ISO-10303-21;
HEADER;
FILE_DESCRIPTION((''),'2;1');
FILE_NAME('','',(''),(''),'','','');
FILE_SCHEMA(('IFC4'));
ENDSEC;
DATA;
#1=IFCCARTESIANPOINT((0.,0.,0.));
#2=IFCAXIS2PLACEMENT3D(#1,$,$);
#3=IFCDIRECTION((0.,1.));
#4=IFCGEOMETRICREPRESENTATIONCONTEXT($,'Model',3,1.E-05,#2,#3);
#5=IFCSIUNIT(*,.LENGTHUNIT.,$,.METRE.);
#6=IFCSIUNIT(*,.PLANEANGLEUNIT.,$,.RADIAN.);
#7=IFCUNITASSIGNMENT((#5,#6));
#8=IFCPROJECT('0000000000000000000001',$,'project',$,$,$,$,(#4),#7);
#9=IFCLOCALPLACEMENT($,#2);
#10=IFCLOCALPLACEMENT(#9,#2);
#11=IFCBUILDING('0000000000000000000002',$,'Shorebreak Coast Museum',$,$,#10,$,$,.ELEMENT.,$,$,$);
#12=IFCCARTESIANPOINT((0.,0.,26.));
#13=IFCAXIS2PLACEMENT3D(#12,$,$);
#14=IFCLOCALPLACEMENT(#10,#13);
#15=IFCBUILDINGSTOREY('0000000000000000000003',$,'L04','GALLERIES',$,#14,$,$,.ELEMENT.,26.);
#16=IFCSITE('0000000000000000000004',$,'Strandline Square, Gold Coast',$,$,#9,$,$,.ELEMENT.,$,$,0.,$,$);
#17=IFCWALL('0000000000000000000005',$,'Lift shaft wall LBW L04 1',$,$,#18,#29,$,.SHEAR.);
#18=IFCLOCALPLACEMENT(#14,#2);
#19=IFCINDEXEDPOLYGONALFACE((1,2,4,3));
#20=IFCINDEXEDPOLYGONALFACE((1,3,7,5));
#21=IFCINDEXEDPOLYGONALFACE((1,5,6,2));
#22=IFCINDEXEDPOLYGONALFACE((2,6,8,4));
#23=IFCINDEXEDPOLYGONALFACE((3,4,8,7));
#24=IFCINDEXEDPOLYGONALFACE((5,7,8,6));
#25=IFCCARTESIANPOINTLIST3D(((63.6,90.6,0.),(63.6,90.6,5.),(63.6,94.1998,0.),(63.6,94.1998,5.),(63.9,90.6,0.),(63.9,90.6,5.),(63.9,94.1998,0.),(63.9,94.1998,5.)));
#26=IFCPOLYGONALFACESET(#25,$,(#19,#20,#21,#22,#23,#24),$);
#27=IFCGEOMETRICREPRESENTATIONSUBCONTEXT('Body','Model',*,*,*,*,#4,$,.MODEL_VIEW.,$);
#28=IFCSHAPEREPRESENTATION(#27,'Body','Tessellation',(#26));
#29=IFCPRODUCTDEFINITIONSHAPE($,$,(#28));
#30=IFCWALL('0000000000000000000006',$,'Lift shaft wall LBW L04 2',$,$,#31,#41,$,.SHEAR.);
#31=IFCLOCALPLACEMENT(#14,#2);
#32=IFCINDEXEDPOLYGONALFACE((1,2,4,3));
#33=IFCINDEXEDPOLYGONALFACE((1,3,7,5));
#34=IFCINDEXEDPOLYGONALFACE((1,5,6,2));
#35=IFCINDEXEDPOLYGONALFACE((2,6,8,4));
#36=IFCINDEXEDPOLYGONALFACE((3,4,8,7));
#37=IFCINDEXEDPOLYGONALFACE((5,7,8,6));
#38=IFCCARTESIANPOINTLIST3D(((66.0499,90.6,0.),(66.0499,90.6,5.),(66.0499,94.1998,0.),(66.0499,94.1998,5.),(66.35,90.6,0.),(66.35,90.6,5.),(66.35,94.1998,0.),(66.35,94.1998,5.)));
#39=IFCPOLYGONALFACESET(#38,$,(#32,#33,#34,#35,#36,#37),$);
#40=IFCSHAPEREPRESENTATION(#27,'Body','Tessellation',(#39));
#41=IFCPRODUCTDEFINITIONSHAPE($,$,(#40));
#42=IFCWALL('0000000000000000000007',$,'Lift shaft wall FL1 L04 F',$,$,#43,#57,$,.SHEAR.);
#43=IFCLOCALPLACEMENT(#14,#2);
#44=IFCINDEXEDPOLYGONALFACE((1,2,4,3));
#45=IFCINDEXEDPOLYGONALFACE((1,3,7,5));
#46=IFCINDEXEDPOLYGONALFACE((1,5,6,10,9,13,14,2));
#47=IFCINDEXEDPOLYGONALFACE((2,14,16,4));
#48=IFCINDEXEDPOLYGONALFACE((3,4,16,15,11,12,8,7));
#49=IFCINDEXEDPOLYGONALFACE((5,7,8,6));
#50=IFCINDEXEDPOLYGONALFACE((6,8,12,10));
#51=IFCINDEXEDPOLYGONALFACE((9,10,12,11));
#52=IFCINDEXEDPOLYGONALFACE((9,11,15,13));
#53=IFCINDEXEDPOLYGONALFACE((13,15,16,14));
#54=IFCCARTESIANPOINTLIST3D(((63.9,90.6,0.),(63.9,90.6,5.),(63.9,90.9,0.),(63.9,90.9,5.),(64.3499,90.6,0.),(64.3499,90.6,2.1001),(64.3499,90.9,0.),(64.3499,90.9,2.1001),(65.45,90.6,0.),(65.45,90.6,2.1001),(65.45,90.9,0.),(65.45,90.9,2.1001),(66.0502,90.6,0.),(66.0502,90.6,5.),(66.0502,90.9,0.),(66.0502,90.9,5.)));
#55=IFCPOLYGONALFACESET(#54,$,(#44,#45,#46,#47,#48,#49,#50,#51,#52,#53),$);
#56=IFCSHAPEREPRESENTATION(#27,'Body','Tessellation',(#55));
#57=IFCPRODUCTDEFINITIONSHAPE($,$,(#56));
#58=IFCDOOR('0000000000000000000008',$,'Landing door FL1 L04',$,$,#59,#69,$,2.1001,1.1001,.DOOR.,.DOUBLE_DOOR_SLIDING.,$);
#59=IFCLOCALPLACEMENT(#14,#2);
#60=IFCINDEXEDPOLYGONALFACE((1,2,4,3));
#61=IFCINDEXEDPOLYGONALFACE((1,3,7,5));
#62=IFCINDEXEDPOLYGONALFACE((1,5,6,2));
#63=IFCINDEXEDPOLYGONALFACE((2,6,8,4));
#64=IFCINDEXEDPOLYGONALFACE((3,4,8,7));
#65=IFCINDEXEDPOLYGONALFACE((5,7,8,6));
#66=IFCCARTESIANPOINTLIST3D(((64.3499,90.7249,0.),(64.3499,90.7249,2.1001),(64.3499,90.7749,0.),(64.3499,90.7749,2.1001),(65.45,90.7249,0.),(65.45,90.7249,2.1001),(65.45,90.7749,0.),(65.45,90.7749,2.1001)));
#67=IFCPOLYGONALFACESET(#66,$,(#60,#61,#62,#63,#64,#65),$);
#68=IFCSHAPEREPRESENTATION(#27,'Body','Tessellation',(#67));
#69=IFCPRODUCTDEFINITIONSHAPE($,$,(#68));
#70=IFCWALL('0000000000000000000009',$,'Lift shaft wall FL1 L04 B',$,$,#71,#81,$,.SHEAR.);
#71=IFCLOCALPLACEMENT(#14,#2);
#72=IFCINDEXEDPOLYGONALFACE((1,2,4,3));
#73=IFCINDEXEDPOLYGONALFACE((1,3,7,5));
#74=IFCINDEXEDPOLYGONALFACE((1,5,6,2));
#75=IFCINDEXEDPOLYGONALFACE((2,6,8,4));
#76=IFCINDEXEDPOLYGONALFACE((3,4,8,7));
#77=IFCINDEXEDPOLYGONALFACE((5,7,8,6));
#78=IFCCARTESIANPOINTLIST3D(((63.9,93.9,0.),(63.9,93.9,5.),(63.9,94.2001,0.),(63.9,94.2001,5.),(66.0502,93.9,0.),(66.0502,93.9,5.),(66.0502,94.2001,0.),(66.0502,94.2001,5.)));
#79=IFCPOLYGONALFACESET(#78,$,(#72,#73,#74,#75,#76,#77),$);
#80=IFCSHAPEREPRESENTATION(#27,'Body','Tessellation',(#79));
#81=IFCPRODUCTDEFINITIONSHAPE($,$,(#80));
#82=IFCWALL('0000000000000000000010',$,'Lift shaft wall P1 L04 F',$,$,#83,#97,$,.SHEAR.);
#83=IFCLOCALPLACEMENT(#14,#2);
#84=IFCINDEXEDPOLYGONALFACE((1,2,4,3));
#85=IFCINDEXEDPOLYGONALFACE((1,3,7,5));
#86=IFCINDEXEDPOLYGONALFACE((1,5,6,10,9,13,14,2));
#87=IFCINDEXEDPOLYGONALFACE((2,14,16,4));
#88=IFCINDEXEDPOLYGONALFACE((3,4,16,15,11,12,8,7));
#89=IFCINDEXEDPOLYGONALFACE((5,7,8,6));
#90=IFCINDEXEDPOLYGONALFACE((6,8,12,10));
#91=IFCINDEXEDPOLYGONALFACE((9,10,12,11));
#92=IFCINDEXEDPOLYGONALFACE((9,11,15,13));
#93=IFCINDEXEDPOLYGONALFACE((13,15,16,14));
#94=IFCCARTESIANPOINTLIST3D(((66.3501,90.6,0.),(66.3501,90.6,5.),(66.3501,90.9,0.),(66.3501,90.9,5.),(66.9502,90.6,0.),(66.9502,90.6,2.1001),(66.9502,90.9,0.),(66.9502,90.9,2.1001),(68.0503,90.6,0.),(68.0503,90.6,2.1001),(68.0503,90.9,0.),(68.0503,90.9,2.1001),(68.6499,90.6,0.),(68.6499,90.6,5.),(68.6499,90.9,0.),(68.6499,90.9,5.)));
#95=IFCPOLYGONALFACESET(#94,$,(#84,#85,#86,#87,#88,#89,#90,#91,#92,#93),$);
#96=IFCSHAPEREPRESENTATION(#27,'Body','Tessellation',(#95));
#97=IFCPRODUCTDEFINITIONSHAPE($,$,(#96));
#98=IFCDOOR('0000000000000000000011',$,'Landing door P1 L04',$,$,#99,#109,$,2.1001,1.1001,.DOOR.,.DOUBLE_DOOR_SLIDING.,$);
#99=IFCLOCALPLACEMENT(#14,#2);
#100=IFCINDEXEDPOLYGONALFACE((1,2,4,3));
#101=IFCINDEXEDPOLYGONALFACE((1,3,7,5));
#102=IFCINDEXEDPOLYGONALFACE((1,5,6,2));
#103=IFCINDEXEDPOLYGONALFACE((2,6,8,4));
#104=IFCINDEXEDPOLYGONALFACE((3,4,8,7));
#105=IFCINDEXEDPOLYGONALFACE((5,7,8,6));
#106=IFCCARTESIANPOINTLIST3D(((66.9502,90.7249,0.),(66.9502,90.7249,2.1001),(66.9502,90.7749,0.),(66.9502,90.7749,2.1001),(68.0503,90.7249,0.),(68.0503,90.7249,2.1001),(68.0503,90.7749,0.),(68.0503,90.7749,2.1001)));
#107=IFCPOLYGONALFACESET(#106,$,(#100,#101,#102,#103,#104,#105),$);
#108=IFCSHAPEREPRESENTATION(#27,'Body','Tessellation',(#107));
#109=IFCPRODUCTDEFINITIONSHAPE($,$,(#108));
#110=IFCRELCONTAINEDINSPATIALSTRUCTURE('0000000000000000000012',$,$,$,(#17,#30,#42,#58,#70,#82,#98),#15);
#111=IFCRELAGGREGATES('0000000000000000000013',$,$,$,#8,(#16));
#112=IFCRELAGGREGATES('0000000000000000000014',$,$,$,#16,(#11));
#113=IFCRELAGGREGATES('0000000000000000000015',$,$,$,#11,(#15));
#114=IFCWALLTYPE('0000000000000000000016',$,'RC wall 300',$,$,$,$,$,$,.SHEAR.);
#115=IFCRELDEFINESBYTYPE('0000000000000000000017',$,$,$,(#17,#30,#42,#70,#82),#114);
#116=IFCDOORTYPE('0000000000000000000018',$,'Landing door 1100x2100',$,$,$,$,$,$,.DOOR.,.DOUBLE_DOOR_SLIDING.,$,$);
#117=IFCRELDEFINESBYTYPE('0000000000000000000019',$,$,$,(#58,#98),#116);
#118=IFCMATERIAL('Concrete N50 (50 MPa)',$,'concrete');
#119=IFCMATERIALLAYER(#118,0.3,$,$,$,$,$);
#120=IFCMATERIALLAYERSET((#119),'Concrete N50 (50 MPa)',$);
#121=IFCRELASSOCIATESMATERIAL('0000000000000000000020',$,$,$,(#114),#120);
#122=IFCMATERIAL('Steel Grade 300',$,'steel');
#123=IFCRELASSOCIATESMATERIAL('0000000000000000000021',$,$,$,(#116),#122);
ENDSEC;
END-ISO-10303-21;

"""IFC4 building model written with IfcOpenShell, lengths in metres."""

from ifc_helpers import new_model, si_unit, direction, frame, frame_2d, origin, place, context, subcontext, project, spatial, rectangle, extrude, material, layer, layer_set, type_object, element, fill, save


model = new_model("IFC4")

# Units and contexts
model_context = context("Model", 3, precision=1e-05, world=origin(), true_north=direction((0.0, 1.0)))
body_context = subcontext(model_context, "Body", "Model", "MODEL_VIEW")
ifc_project = project(units=[si_unit("LENGTHUNIT", "METRE"), si_unit("PLANEANGLEUNIT", "RADIAN")], contexts=[model_context])

# Site, building, storey
site_placement = place(None, origin())
site = spatial("IfcSite", under=ifc_project, at=site_placement, Name="Strandline Square, Gold Coast", CompositionType="ELEMENT", RefElevation=0.0)
building_placement = place(site_placement, origin())
building = spatial("IfcBuilding", under=site, at=building_placement, Name="Shorebreak Coast Museum", CompositionType="ELEMENT")
storey_placement = place(building_placement, frame((0.0, 0.0, 26.0)))
storey = spatial("IfcBuildingStorey", under=building, at=storey_placement, Name="L04", Description="GALLERIES", CompositionType="ELEMENT", Elevation=26.0)

# Walls
ifc_material_1 = material(Name="Concrete N50 (50 MPa)", Category="concrete")
ifc_layer_1 = layer(ifc_material_1, 0.3)
ifc_layer_set_1 = layer_set([ifc_layer_1], Name="Concrete N50 (50 MPa)")
wall_type_1 = type_object("IfcWallType", Name="RC wall 300", PredefinedType="SHEAR", material=ifc_layer_set_1)
for number, where, z_axis, x_axis, name in (
    (1, (63.75, 90.6001, 0.0), (0.0, 0.0, 1.0), (0.0, 1.0, 0.0), "Lift shaft wall LBW L04 1"),
    (2, (66.2, 90.6001, 0.0), (0.0, 0.0, 1.0), (0.0, 1.0, 0.0), "Lift shaft wall LBW L04 2"),
):
    element("IfcWall", number, at=place(storey_placement, frame(where, z_axis=z_axis, x_axis=x_axis)), inside=storey, type_object=wall_type_1, Name=name, PredefinedType="SHEAR", context=body_context, shape_type="SweptSolid", body=[
        extrude(rectangle(XDim=3.5999, YDim=0.3, at=frame_2d((1.7998, 0.0))), origin(), (0.0, 0.0, 1.0), 5.0),
    ])

# Wall, opening, door
wall_1_placement = place(storey_placement, frame((63.8999, 90.75, 0.0), z_axis=(0.0, 0.0, 1.0), x_axis=(1.0, 0.0, 0.0)))
wall_1 = element("IfcWall", 3, at=wall_1_placement, inside=storey, type_object=wall_type_1, Name="Lift shaft wall FL1 L04 F", PredefinedType="SHEAR", context=body_context, shape_type="SweptSolid", body=[
    extrude(rectangle(XDim=2.1501, YDim=0.3, at=frame_2d((1.0752, 0.0))), origin(), (0.0, 0.0, 1.0), 5.0),
])
opening_1_placement = place(wall_1_placement, frame((0.45, 0.0, 0.0)))
opening_1 = element("IfcOpeningElement", 4, at=opening_1_placement, cuts=wall_1, PredefinedType="OPENING", context=body_context, shape_type="SweptSolid", body=[
    extrude(rectangle(XDim=1.1001, YDim=2.1001, at=frame_2d((0.55, 1.05))), frame((0.0, 0.1599, 0.0), z_axis=(0.0, -1.0, 0.0), x_axis=(1.0, 0.0, 0.0)), (0.0, 0.0, 1.0), 0.3201),
])
ifc_material_2 = material(Name="Steel Grade 300", Category="steel")
door_type_1 = type_object("IfcDoorType", Name="Landing door 1100x2100", OperationType="DOUBLE_DOOR_SLIDING", PredefinedType="DOOR", material=ifc_material_2)
door_1_placement = place(opening_1_placement, origin())
door_1 = element("IfcDoor", 5, at=door_1_placement, inside=storey, type_object=door_type_1, Name="Landing door FL1 L04", OperationType="DOUBLE_DOOR_SLIDING", OverallHeight=2.1001, OverallWidth=1.1001, PredefinedType="DOOR", context=body_context, shape_type="SweptSolid", body=[
    extrude(rectangle(XDim=1.1001, YDim=2.1001, at=frame_2d((0.55, 1.05))), frame((0.0, 0.0249, 0.0), z_axis=(0.0, -1.0, 0.0), x_axis=(1.0, 0.0, 0.0)), (0.0, 0.0, 1.0), 0.05),
])
fill(opening_1, door_1)

# Wall
wall_2_placement = place(storey_placement, frame((63.8999, 94.05, 0.0), z_axis=(0.0, 0.0, 1.0), x_axis=(1.0, 0.0, 0.0)))
element("IfcWall", 6, at=wall_2_placement, inside=storey, type_object=wall_type_1, Name="Lift shaft wall FL1 L04 B", PredefinedType="SHEAR", context=body_context, shape_type="SweptSolid", body=[
    extrude(rectangle(XDim=2.1501, YDim=0.3, at=frame_2d((1.0752, 0.0))), origin(), (0.0, 0.0, 1.0), 5.0),
])

# Wall, opening, door
wall_3_placement = place(storey_placement, frame((66.3501, 90.75, 0.0), z_axis=(0.0, 0.0, 1.0), x_axis=(1.0, 0.0, 0.0)))
wall_3 = element("IfcWall", 7, at=wall_3_placement, inside=storey, type_object=wall_type_1, Name="Lift shaft wall P1 L04 F", PredefinedType="SHEAR", context=body_context, shape_type="SweptSolid", body=[
    extrude(rectangle(XDim=2.2998, YDim=0.3, at=frame_2d((1.1499, 0.0))), origin(), (0.0, 0.0, 1.0), 5.0),
])
opening_2_placement = place(wall_3_placement, frame((0.6001, 0.0, 0.0)))
opening_2 = element("IfcOpeningElement", 8, at=opening_2_placement, cuts=wall_3, PredefinedType="OPENING", context=body_context, shape_type="SweptSolid", body=[
    extrude(rectangle(XDim=1.1001, YDim=2.1001, at=frame_2d((0.55, 1.05))), frame((0.0, 0.1599, 0.0), z_axis=(0.0, -1.0, 0.0), x_axis=(1.0, 0.0, 0.0)), (0.0, 0.0, 1.0), 0.3201),
])
door_2_placement = place(opening_2_placement, origin())
door_2 = element("IfcDoor", 9, at=door_2_placement, inside=storey, type_object=door_type_1, Name="Landing door P1 L04", OperationType="DOUBLE_DOOR_SLIDING", OverallHeight=2.1001, OverallWidth=1.1001, PredefinedType="DOOR", context=body_context, shape_type="SweptSolid", body=[
    extrude(rectangle(XDim=1.1001, YDim=2.1001, at=frame_2d((0.55, 1.05))), frame((0.0, 0.0249, 0.0), z_axis=(0.0, -1.0, 0.0), x_axis=(1.0, 0.0, 0.0)), (0.0, 0.0, 1.0), 0.05),
])
fill(opening_2, door_2)

save(model, "model.ifc")
